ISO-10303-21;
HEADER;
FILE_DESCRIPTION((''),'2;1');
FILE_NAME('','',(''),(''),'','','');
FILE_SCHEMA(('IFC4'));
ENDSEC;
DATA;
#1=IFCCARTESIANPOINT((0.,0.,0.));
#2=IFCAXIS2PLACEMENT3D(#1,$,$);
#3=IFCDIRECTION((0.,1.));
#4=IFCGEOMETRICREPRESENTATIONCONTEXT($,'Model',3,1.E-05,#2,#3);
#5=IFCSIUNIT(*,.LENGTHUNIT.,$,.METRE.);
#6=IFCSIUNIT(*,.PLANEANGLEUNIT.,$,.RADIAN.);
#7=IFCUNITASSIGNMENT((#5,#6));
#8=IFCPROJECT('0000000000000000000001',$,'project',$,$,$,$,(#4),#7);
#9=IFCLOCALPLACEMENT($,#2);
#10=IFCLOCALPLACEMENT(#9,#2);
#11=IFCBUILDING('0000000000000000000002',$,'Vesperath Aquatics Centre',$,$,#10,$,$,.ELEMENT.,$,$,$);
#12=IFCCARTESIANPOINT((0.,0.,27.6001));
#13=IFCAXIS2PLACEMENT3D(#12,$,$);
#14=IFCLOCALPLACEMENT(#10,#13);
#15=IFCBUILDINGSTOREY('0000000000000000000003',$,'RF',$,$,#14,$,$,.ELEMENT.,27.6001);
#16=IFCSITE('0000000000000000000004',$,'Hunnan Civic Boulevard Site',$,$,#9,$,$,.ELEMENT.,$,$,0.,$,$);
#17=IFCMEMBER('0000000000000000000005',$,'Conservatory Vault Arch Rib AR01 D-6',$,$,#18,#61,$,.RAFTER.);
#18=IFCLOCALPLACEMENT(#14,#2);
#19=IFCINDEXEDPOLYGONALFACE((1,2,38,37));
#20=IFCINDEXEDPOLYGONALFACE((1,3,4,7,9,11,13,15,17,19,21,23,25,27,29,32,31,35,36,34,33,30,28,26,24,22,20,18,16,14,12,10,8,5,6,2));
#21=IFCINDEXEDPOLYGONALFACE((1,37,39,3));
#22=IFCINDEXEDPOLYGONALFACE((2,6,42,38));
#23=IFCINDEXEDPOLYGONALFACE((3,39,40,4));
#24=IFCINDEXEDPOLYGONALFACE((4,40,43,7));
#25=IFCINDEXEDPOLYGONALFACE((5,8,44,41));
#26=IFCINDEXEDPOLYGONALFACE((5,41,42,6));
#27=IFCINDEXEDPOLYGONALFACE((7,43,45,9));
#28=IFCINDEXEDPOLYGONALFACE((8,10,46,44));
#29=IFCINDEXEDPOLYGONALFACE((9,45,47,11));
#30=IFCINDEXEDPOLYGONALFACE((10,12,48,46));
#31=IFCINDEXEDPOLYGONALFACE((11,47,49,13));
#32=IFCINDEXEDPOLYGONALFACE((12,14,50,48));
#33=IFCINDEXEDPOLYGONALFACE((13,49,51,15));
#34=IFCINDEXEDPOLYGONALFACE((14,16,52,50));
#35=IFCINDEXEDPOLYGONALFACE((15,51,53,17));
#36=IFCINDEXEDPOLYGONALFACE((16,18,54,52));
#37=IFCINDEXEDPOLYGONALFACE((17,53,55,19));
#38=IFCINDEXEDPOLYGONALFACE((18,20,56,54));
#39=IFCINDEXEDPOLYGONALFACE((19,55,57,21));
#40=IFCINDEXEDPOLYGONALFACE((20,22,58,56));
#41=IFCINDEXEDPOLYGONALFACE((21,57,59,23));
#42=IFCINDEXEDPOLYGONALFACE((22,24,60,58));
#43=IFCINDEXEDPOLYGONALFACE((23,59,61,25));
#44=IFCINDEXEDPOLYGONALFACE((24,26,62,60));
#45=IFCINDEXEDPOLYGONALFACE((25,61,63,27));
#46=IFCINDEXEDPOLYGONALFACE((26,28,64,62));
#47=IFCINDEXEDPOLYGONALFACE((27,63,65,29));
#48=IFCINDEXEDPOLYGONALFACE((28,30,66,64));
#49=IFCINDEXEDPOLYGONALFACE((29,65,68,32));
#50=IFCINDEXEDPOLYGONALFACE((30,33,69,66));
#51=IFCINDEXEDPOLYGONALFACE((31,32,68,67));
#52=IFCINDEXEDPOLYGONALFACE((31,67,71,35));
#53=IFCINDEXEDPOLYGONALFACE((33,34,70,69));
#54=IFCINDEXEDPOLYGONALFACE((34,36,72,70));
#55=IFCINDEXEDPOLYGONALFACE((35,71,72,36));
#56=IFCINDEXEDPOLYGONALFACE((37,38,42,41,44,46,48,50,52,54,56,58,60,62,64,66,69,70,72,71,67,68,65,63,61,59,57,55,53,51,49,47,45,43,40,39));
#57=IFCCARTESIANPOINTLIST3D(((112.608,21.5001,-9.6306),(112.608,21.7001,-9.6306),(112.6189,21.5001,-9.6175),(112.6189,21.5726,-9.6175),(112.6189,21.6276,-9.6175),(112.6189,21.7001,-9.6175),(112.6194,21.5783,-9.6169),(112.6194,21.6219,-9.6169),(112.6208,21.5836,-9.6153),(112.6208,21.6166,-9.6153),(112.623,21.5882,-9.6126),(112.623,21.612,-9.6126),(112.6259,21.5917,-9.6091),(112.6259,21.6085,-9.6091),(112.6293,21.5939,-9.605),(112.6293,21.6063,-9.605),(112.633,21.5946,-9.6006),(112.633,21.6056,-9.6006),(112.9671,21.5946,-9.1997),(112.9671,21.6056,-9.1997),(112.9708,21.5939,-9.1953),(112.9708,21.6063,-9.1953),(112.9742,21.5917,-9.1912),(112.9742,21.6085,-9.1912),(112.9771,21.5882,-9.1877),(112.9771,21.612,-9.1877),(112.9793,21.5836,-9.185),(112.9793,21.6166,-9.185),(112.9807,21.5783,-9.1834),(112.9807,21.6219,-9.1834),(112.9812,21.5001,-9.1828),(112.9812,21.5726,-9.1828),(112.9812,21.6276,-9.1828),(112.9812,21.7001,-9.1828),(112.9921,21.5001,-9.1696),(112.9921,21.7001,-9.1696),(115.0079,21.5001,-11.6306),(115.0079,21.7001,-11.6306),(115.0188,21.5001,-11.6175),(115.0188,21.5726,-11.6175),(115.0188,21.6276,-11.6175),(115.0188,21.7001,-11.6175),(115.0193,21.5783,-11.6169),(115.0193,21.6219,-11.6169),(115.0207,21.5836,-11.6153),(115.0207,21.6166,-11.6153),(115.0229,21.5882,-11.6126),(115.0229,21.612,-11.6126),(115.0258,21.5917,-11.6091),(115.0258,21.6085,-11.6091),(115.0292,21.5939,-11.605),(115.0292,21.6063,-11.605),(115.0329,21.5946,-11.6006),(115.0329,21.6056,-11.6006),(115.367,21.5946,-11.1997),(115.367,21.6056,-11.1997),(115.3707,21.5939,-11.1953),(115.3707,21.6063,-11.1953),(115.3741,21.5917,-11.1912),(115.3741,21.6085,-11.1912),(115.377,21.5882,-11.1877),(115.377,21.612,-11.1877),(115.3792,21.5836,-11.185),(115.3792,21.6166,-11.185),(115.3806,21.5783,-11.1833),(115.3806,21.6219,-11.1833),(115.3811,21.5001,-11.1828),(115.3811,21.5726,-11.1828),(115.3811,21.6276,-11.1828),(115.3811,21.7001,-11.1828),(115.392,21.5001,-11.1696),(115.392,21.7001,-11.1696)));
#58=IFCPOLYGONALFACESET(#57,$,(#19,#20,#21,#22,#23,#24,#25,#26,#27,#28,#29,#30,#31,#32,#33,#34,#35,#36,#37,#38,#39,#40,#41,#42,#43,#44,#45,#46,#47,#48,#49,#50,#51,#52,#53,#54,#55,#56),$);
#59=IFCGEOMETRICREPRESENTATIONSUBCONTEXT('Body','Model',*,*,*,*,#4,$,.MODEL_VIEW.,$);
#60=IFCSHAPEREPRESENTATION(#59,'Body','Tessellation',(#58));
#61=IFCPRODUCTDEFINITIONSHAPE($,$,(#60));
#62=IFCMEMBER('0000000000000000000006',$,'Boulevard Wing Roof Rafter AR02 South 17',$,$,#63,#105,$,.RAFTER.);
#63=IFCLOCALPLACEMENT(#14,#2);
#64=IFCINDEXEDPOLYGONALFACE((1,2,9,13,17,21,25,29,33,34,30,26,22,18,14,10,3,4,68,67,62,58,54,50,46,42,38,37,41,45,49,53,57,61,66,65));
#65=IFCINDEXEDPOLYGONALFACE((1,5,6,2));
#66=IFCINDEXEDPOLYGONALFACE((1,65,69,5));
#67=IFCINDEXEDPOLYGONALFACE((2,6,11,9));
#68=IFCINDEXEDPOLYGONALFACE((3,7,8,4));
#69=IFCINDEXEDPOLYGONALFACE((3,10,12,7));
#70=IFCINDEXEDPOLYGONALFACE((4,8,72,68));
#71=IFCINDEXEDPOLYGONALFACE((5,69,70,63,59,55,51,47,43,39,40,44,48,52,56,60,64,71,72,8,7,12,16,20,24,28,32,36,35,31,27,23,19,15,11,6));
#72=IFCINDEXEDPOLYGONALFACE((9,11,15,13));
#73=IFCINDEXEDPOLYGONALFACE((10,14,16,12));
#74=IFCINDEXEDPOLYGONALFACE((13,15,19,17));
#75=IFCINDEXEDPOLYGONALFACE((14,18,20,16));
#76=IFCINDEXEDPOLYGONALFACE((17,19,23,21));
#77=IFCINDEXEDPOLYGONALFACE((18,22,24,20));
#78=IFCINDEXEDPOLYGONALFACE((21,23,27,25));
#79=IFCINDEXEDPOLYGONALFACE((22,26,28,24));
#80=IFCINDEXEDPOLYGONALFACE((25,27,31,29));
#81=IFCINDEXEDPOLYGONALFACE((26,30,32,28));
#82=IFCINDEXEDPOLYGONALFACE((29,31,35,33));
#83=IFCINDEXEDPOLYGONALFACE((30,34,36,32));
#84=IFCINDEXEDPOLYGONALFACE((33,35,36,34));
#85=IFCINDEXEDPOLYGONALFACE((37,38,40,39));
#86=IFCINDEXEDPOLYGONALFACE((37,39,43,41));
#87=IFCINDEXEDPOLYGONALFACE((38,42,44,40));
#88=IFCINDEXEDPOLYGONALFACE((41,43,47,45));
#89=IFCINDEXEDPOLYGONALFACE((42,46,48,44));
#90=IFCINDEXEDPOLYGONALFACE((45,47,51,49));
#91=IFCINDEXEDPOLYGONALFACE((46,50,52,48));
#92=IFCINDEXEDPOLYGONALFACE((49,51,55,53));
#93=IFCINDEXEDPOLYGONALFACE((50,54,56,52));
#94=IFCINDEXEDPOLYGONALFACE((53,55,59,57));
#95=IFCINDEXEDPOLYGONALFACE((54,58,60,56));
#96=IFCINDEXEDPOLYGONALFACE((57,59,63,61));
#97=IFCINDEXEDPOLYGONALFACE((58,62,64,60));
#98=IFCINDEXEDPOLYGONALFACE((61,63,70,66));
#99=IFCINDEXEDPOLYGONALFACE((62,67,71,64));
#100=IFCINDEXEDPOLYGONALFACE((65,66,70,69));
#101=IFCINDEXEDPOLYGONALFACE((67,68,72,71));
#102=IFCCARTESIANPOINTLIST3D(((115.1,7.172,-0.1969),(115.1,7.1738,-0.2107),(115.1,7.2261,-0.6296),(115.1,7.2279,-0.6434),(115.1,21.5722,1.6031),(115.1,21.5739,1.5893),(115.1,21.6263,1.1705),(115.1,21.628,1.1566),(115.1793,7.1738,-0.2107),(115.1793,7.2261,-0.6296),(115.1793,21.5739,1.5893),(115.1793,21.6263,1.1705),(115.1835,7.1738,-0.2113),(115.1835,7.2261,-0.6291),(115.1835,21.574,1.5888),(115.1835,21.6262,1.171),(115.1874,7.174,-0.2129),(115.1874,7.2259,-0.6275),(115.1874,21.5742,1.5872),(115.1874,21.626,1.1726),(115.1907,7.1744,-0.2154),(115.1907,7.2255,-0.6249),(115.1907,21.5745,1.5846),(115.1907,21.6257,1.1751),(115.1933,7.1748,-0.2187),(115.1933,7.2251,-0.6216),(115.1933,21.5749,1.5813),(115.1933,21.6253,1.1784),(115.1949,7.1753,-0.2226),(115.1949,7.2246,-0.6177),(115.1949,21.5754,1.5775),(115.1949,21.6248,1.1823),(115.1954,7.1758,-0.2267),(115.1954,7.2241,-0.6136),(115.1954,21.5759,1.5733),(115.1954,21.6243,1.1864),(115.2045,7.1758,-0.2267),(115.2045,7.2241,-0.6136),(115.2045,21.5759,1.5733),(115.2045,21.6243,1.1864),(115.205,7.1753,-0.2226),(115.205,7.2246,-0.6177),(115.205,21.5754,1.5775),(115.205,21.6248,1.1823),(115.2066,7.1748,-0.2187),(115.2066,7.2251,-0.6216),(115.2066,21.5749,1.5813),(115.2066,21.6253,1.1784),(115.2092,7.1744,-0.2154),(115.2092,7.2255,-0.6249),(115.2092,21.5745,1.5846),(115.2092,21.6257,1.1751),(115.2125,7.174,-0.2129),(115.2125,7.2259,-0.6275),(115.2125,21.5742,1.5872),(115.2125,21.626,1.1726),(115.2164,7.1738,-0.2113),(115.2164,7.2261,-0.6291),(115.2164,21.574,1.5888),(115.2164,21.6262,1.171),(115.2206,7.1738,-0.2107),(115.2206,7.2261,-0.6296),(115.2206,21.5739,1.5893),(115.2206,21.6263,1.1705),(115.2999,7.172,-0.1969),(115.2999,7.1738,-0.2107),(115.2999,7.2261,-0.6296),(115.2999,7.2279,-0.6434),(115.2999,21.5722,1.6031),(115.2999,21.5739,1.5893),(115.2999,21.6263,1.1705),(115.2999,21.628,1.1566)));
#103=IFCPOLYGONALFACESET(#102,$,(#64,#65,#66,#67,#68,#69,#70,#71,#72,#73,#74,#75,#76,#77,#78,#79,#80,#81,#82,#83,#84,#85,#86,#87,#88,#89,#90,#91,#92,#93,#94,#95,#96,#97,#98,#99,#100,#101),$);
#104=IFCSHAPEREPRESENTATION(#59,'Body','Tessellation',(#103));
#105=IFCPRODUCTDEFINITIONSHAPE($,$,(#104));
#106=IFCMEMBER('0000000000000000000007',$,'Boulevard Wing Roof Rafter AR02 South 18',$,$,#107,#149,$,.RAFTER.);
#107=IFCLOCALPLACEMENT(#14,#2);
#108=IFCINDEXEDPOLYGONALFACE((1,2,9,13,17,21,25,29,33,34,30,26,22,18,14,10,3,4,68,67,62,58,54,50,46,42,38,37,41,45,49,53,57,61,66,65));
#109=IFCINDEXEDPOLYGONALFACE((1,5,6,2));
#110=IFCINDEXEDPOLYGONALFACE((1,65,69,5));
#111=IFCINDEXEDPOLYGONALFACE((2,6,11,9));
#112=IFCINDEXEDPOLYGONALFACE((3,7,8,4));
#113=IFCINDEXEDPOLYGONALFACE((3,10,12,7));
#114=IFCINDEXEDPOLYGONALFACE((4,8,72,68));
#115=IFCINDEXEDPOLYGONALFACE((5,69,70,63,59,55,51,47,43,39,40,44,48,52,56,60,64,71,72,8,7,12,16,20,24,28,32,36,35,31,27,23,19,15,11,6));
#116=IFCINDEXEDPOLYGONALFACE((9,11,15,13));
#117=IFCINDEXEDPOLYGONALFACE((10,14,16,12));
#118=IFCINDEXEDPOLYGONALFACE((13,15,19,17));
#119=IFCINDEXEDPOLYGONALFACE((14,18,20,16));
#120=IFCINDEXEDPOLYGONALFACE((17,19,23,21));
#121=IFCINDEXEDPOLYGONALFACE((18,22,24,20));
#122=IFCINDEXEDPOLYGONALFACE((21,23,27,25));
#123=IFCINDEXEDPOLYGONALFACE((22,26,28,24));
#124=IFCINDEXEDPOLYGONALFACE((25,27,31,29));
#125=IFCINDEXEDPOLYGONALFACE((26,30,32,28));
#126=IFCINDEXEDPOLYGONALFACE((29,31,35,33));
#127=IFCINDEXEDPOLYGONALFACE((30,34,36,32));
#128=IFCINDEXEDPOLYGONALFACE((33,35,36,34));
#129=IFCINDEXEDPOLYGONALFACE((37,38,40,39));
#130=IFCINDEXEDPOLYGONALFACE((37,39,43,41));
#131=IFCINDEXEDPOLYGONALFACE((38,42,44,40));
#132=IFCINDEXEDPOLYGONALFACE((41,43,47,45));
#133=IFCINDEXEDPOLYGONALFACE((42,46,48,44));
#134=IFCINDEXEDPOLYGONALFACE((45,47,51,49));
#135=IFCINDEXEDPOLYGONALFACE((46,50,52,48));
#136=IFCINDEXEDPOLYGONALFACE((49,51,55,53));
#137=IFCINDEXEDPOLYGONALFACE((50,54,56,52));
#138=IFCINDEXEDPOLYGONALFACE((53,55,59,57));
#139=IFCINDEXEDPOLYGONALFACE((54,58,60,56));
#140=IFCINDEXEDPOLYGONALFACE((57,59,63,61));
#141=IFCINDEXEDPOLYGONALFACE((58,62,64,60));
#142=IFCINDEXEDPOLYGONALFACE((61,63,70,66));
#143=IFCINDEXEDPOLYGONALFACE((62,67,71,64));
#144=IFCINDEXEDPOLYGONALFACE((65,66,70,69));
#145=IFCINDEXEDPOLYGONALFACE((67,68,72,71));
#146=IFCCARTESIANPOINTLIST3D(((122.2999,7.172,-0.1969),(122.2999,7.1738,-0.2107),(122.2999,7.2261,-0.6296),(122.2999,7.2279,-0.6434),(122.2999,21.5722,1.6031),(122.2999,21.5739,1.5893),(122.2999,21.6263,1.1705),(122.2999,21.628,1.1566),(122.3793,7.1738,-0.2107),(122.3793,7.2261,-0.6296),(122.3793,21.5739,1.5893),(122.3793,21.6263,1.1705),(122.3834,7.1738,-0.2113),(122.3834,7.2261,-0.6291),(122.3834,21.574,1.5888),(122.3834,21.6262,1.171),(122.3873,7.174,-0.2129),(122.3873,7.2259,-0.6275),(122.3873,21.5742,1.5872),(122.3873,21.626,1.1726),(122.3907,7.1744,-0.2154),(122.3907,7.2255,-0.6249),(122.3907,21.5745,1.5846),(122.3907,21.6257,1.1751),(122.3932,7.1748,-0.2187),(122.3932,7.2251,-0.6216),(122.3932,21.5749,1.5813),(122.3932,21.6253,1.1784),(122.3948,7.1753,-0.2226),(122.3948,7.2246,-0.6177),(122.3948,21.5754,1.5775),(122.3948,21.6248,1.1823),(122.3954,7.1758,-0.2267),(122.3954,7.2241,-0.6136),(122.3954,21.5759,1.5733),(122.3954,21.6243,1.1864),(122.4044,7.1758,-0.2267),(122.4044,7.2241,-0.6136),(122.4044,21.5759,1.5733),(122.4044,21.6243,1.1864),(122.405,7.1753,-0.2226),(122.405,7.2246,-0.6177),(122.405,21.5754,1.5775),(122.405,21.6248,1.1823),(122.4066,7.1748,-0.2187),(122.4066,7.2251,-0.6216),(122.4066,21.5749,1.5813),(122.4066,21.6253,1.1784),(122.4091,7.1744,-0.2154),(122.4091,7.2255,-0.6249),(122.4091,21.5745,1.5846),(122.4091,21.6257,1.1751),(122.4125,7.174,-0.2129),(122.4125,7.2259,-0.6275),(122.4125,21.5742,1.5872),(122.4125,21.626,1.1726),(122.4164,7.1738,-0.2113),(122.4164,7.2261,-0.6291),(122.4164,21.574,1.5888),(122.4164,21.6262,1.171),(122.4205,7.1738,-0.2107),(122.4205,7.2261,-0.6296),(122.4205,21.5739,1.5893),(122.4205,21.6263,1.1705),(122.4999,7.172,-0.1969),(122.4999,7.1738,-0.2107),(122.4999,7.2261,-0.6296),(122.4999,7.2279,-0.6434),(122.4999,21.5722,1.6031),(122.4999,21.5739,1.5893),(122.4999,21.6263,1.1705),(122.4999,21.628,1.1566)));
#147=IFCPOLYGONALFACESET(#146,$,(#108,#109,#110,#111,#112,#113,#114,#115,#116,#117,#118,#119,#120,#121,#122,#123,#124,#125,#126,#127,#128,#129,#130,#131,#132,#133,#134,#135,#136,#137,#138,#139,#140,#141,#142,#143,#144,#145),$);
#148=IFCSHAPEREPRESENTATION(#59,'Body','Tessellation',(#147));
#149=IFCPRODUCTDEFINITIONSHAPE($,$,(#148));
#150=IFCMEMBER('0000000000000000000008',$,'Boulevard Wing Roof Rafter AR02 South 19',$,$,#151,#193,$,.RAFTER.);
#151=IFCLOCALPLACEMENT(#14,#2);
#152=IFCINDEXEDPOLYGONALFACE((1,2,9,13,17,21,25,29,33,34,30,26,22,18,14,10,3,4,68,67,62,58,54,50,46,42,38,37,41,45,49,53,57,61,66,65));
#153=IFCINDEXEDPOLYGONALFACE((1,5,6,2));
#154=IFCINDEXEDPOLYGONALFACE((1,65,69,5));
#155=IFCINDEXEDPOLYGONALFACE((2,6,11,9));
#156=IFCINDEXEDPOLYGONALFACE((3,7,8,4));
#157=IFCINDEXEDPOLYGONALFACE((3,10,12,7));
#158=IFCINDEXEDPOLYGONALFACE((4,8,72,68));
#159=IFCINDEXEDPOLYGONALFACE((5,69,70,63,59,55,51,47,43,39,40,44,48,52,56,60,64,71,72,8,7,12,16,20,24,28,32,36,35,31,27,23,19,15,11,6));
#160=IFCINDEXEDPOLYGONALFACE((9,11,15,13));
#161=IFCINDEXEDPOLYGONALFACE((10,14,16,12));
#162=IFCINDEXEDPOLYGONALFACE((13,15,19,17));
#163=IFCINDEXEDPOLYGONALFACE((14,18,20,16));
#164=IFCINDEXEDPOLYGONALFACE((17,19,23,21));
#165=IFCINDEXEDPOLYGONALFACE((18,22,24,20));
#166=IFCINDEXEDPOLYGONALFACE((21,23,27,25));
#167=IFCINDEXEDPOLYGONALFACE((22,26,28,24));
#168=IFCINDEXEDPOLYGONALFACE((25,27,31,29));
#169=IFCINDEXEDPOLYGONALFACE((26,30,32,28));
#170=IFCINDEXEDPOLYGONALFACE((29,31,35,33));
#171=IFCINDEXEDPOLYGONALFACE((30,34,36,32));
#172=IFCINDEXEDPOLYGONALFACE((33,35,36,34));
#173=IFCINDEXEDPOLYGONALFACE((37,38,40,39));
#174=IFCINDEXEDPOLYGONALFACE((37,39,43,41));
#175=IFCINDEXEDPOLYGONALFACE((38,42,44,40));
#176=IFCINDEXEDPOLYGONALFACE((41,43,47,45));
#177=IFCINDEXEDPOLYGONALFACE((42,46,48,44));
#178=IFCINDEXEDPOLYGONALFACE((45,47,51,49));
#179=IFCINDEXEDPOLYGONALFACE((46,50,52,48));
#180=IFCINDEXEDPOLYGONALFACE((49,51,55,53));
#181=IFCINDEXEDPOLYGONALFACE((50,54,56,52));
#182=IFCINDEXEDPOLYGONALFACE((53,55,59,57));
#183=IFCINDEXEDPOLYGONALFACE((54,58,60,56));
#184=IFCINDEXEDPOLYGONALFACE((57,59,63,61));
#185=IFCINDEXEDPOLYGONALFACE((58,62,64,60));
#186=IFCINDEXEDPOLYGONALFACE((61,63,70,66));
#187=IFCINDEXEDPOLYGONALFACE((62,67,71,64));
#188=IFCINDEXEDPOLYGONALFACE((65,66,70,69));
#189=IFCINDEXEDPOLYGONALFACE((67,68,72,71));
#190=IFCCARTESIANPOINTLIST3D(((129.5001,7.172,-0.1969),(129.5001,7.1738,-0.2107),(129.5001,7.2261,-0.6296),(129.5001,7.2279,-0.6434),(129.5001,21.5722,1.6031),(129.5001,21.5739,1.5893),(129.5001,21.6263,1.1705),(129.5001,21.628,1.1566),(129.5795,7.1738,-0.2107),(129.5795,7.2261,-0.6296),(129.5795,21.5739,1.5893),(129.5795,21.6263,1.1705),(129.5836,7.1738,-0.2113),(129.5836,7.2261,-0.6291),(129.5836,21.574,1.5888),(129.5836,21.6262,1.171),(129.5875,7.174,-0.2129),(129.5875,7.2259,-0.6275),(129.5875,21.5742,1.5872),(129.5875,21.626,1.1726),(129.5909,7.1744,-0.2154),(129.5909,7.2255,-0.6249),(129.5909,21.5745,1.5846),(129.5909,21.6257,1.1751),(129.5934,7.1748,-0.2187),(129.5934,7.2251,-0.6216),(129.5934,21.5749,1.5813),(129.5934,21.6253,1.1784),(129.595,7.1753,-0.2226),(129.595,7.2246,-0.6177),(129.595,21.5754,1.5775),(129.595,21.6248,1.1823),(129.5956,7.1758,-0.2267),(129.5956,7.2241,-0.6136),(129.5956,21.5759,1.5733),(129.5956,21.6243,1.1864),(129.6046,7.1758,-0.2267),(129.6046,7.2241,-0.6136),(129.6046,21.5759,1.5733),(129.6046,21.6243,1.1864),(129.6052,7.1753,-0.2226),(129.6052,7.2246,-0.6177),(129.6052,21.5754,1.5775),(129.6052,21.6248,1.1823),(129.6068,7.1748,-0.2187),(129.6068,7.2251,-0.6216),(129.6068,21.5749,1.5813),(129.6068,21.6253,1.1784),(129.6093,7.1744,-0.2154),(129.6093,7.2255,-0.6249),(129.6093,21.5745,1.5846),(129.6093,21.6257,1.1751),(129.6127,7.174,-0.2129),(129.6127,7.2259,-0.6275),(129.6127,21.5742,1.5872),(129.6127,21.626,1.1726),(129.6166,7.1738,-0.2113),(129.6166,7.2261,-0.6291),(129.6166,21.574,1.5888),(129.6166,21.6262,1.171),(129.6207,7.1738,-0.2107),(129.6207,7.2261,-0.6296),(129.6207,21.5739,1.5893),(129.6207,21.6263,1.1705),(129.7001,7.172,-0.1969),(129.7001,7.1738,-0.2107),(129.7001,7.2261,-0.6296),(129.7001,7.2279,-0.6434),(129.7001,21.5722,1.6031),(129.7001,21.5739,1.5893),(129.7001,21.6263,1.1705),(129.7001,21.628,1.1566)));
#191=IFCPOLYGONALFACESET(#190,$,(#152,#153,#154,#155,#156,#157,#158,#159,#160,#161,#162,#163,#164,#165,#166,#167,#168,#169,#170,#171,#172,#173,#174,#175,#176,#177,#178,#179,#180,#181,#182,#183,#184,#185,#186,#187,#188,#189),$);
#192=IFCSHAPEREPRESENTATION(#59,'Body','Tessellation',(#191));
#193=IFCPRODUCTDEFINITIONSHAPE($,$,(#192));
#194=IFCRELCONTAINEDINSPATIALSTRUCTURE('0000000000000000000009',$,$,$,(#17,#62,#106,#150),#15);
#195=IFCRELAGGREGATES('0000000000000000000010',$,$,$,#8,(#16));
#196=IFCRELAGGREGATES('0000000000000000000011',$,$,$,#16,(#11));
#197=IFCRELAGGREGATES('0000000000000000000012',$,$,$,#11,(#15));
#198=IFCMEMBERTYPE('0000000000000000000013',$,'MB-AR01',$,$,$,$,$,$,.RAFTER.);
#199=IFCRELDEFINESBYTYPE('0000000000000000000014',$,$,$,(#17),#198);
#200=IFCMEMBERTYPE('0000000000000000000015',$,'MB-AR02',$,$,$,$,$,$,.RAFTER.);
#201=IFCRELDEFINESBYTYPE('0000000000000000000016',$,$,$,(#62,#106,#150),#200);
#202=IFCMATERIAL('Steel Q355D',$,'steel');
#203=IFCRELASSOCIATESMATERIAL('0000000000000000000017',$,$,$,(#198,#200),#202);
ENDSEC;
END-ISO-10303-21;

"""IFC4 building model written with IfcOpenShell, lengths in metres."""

from ifc_helpers import new_model, si_unit, direction, frame, origin, origin_2d, place, context, subcontext, project, spatial, i_section, extrude, material, material_profile, profile_set, type_object, element, save


model = new_model("IFC4")

# Units and contexts
model_context = context("Model", 3, precision=1e-05, world=origin(), true_north=direction((0.0, 1.0)))
body_context = subcontext(model_context, "Body", "Model", "MODEL_VIEW")
ifc_project = project(units=[si_unit("LENGTHUNIT", "METRE"), si_unit("PLANEANGLEUNIT", "RADIAN")], contexts=[model_context])

# Site, building, storey
site_placement = place(None, origin())
site = spatial("IfcSite", under=ifc_project, at=site_placement, Name="Hunnan Civic Boulevard Site", CompositionType="ELEMENT", RefElevation=0.0)
building_placement = place(site_placement, origin())
building = spatial("IfcBuilding", under=site, at=building_placement, Name="Vesperath Aquatics Centre", CompositionType="ELEMENT")
storey_placement = place(building_placement, frame((0.0, 0.0, 27.6001)))
storey = spatial("IfcBuildingStorey", under=building, at=storey_placement, Name="RF", CompositionType="ELEMENT", Elevation=27.6001)

# Shared definitions
ifc_material_1 = material(Name="Steel Q355D", Category="steel")

# Members
ifc_material_profile_1 = material_profile(ifc_material_1, i_section(OverallWidth=0.2, OverallDepth=0.6001, WebThickness=0.011, FlangeThickness=0.0171, FilletRadius=0.022, at=origin_2d()), Name="HN 600x200x11x17")
ifc_profile_set_1 = profile_set([ifc_material_profile_1], Name="Steel Q355D")
member_type_1 = type_object("IfcMemberType", Name="MB-AR01", PredefinedType="RAFTER", material=ifc_profile_set_1)
for number, where, z_axis, x_axis, name in (
    (1, (112.8, 21.6001, -9.4001), (0.768208, 0.0, -0.6402), (0.0, 1.0, 0.0), "Conservatory Vault Arch Rib AR01 D-6"),
):
    element("IfcMember", number, at=place(storey_placement, frame(where, z_axis=z_axis, x_axis=x_axis)), inside=storey, type_object=member_type_1, Name=name, PredefinedType="RAFTER", context=body_context, shape_type="SweptSolid", body=[
        extrude(i_section(OverallWidth=0.2, OverallDepth=0.6001, WebThickness=0.011, FlangeThickness=0.0171, FilletRadius=0.022, at=origin_2d()), origin(), (0.0, 0.0, 1.0), 3.124),
    ])
ifc_material_profile_2 = material_profile(ifc_material_1, i_section(OverallWidth=0.2, OverallDepth=0.45, WebThickness=0.009, FlangeThickness=0.0139, FilletRadius=0.0161, at=origin_2d()), Name="HN 450x200x9x14")
ifc_profile_set_2 = profile_set([ifc_material_profile_2], Name="Steel Q355D")
member_type_2 = type_object("IfcMemberType", Name="MB-AR02", PredefinedType="RAFTER", material=ifc_profile_set_2)
for number, where, z_axis, x_axis, name in (
    (2, (115.2, 7.2, -0.4202), (0.0, 0.992278, 0.124037), (-1.0, 0.0, 0.0), "Boulevard Wing Roof Rafter AR02 South 17"),
    (3, (122.3999, 7.2, -0.4202), (0.0, 0.992278, 0.124037), (-1.0, 0.0, 0.0), "Boulevard Wing Roof Rafter AR02 South 18"),
    (4, (129.6001, 7.2, -0.4202), (0.0, 0.992278, 0.124037), (-1.0, 0.0, 0.0), "Boulevard Wing Roof Rafter AR02 South 19"),
):
    element("IfcMember", number, at=place(storey_placement, frame(where, z_axis=z_axis, x_axis=x_axis)), inside=storey, type_object=member_type_2, Name=name, PredefinedType="RAFTER", context=body_context, shape_type="SweptSolid", body=[
        extrude(i_section(OverallWidth=0.2, OverallDepth=0.45, WebThickness=0.009, FlangeThickness=0.0139, FilletRadius=0.0161, at=origin_2d()), origin(), (0.0, 0.0, 1.0), 14.5122),
    ])

save(model, "model.ifc")
